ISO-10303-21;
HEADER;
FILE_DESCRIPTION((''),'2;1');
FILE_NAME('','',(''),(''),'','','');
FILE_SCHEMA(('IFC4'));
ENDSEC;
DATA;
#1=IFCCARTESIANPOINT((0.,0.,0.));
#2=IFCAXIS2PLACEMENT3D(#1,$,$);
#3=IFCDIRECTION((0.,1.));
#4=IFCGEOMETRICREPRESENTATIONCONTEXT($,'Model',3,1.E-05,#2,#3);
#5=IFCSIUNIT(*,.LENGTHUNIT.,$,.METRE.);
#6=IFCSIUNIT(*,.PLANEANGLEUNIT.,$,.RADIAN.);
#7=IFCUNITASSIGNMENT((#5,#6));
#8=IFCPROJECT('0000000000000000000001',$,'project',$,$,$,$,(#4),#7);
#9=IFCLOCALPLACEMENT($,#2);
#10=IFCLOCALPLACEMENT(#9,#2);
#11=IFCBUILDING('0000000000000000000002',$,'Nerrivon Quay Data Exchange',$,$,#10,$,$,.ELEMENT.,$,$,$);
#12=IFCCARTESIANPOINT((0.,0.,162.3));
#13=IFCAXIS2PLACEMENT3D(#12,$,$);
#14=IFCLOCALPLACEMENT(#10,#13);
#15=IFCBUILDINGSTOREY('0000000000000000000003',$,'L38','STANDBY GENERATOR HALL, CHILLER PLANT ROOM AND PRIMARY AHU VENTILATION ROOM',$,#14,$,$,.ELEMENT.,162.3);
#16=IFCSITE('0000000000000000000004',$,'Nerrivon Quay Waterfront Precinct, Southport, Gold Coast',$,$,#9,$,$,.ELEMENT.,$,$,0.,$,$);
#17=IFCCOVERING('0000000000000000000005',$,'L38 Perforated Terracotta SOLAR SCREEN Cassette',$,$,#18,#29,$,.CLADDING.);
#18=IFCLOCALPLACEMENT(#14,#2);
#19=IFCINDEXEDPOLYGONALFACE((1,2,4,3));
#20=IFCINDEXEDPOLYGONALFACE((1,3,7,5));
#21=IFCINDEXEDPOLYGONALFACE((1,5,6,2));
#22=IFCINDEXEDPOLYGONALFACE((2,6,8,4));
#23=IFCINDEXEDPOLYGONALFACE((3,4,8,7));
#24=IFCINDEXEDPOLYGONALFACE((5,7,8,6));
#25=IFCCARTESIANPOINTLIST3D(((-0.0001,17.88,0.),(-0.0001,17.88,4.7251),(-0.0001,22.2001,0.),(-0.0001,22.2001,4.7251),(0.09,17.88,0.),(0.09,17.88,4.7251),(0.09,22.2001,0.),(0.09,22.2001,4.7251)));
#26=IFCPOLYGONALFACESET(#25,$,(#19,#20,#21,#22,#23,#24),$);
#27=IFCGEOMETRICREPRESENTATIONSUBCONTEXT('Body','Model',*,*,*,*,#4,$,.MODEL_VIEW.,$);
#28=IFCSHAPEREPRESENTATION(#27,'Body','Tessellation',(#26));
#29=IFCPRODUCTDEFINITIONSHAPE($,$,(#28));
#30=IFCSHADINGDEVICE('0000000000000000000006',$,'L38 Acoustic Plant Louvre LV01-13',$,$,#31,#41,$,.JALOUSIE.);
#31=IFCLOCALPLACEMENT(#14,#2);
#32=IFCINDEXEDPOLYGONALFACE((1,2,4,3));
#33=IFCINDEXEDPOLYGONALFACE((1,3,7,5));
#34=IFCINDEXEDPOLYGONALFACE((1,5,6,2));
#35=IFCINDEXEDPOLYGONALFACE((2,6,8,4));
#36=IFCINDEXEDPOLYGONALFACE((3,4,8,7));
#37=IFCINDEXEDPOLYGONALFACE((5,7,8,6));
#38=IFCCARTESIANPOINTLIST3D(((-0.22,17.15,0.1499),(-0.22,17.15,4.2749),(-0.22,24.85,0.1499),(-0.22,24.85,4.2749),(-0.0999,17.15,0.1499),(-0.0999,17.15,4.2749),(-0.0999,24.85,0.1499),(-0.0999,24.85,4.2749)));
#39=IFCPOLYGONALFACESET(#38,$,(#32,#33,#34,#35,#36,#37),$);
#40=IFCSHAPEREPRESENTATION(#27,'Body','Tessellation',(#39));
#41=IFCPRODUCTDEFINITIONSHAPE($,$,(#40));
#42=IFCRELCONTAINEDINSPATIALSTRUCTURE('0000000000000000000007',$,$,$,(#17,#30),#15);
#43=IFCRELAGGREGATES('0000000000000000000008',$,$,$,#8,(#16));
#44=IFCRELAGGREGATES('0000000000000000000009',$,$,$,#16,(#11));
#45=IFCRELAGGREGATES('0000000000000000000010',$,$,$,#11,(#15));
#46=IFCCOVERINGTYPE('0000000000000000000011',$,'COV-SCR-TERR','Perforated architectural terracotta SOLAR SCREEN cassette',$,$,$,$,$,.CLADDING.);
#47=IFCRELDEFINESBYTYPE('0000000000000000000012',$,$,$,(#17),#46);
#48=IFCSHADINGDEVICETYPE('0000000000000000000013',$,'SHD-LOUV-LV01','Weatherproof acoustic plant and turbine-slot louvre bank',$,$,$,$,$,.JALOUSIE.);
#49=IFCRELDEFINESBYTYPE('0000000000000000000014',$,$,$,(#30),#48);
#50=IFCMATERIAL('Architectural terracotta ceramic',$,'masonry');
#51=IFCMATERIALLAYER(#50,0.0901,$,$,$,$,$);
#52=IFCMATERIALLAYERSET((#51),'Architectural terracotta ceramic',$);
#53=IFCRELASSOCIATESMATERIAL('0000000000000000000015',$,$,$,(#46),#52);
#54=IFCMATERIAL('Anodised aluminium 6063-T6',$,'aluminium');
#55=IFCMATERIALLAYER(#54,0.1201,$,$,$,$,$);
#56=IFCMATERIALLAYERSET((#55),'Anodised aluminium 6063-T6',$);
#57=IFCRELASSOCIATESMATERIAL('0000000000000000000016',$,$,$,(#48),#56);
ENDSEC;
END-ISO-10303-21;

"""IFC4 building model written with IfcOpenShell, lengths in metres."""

from ifc_helpers import new_model, si_unit, direction, frame, origin, origin_2d, place, context, subcontext, project, spatial, rectangle, extrude, material, layer, layer_set, type_object, element, save


model = new_model("IFC4")

# Units and contexts
model_context = context("Model", 3, precision=1e-05, world=origin(), true_north=direction((0.0, 1.0)))
body_context = subcontext(model_context, "Body", "Model", "MODEL_VIEW")
ifc_project = project(units=[si_unit("LENGTHUNIT", "METRE"), si_unit("PLANEANGLEUNIT", "RADIAN")], contexts=[model_context])

# Site, building, storey
site_placement = place(None, origin())
site = spatial("IfcSite", under=ifc_project, at=site_placement, Name="Nerrivon Quay Waterfront Precinct, Southport, Gold Coast", CompositionType="ELEMENT", RefElevation=0.0)
building_placement = place(site_placement, origin())
building = spatial("IfcBuilding", under=site, at=building_placement, Name="Nerrivon Quay Data Exchange", CompositionType="ELEMENT")
storey_placement = place(building_placement, frame((0.0, 0.0, 162.3)))
storey = spatial("IfcBuildingStorey", under=building, at=storey_placement, Name="L38", Description="STANDBY GENERATOR HALL, CHILLER PLANT ROOM AND PRIMARY AHU VENTILATION ROOM", CompositionType="ELEMENT", Elevation=162.3)

# Covering
ifc_material_1 = material(Name="Architectural terracotta ceramic", Category="masonry")
ifc_layer_1 = layer(ifc_material_1, 0.0901)
ifc_layer_set_1 = layer_set([ifc_layer_1], Name="Architectural terracotta ceramic")
covering_type = type_object("IfcCoveringType", Name="COV-SCR-TERR", Description="Perforated architectural terracotta SOLAR SCREEN cassette", PredefinedType="CLADDING", material=ifc_layer_set_1)
covering_placement = place(storey_placement, frame((0.0449, 20.04, 0.0), z_axis=(0.0, 0.0, 1.0), x_axis=(0.0, 1.0, 0.0)))
element("IfcCovering", 1, at=covering_placement, inside=storey, type_object=covering_type, Name="L38 Perforated Terracotta SOLAR SCREEN Cassette", PredefinedType="CLADDING", context=body_context, shape_type="SweptSolid", body=[
    extrude(rectangle(XDim=4.3201, YDim=0.0901, at=origin_2d()), origin(), (0.0, 0.0, 1.0), 4.7251),
])

# Shading device
ifc_material_2 = material(Name="Anodised aluminium 6063-T6", Category="aluminium")
ifc_layer_2 = layer(ifc_material_2, 0.1201)
ifc_layer_set_2 = layer_set([ifc_layer_2], Name="Anodised aluminium 6063-T6")
shading_device_type = type_object("IfcShadingDeviceType", Name="SHD-LOUV-LV01", Description="Weatherproof acoustic plant and turbine-slot louvre bank", PredefinedType="JALOUSIE", material=ifc_layer_set_2)
shading_device_placement = place(storey_placement, frame((-0.1599, 21.0, 0.1499), z_axis=(0.0, 0.0, 1.0), x_axis=(0.0, 1.0, 0.0)))
element("IfcShadingDevice", 2, at=shading_device_placement, inside=storey, type_object=shading_device_type, Name="L38 Acoustic Plant Louvre LV01-13", PredefinedType="JALOUSIE", context=body_context, shape_type="SweptSolid", body=[
    extrude(rectangle(XDim=7.7, YDim=0.1201, at=origin_2d()), origin(), (0.0, 0.0, 1.0), 4.125),
])

save(model, "model.ifc")
